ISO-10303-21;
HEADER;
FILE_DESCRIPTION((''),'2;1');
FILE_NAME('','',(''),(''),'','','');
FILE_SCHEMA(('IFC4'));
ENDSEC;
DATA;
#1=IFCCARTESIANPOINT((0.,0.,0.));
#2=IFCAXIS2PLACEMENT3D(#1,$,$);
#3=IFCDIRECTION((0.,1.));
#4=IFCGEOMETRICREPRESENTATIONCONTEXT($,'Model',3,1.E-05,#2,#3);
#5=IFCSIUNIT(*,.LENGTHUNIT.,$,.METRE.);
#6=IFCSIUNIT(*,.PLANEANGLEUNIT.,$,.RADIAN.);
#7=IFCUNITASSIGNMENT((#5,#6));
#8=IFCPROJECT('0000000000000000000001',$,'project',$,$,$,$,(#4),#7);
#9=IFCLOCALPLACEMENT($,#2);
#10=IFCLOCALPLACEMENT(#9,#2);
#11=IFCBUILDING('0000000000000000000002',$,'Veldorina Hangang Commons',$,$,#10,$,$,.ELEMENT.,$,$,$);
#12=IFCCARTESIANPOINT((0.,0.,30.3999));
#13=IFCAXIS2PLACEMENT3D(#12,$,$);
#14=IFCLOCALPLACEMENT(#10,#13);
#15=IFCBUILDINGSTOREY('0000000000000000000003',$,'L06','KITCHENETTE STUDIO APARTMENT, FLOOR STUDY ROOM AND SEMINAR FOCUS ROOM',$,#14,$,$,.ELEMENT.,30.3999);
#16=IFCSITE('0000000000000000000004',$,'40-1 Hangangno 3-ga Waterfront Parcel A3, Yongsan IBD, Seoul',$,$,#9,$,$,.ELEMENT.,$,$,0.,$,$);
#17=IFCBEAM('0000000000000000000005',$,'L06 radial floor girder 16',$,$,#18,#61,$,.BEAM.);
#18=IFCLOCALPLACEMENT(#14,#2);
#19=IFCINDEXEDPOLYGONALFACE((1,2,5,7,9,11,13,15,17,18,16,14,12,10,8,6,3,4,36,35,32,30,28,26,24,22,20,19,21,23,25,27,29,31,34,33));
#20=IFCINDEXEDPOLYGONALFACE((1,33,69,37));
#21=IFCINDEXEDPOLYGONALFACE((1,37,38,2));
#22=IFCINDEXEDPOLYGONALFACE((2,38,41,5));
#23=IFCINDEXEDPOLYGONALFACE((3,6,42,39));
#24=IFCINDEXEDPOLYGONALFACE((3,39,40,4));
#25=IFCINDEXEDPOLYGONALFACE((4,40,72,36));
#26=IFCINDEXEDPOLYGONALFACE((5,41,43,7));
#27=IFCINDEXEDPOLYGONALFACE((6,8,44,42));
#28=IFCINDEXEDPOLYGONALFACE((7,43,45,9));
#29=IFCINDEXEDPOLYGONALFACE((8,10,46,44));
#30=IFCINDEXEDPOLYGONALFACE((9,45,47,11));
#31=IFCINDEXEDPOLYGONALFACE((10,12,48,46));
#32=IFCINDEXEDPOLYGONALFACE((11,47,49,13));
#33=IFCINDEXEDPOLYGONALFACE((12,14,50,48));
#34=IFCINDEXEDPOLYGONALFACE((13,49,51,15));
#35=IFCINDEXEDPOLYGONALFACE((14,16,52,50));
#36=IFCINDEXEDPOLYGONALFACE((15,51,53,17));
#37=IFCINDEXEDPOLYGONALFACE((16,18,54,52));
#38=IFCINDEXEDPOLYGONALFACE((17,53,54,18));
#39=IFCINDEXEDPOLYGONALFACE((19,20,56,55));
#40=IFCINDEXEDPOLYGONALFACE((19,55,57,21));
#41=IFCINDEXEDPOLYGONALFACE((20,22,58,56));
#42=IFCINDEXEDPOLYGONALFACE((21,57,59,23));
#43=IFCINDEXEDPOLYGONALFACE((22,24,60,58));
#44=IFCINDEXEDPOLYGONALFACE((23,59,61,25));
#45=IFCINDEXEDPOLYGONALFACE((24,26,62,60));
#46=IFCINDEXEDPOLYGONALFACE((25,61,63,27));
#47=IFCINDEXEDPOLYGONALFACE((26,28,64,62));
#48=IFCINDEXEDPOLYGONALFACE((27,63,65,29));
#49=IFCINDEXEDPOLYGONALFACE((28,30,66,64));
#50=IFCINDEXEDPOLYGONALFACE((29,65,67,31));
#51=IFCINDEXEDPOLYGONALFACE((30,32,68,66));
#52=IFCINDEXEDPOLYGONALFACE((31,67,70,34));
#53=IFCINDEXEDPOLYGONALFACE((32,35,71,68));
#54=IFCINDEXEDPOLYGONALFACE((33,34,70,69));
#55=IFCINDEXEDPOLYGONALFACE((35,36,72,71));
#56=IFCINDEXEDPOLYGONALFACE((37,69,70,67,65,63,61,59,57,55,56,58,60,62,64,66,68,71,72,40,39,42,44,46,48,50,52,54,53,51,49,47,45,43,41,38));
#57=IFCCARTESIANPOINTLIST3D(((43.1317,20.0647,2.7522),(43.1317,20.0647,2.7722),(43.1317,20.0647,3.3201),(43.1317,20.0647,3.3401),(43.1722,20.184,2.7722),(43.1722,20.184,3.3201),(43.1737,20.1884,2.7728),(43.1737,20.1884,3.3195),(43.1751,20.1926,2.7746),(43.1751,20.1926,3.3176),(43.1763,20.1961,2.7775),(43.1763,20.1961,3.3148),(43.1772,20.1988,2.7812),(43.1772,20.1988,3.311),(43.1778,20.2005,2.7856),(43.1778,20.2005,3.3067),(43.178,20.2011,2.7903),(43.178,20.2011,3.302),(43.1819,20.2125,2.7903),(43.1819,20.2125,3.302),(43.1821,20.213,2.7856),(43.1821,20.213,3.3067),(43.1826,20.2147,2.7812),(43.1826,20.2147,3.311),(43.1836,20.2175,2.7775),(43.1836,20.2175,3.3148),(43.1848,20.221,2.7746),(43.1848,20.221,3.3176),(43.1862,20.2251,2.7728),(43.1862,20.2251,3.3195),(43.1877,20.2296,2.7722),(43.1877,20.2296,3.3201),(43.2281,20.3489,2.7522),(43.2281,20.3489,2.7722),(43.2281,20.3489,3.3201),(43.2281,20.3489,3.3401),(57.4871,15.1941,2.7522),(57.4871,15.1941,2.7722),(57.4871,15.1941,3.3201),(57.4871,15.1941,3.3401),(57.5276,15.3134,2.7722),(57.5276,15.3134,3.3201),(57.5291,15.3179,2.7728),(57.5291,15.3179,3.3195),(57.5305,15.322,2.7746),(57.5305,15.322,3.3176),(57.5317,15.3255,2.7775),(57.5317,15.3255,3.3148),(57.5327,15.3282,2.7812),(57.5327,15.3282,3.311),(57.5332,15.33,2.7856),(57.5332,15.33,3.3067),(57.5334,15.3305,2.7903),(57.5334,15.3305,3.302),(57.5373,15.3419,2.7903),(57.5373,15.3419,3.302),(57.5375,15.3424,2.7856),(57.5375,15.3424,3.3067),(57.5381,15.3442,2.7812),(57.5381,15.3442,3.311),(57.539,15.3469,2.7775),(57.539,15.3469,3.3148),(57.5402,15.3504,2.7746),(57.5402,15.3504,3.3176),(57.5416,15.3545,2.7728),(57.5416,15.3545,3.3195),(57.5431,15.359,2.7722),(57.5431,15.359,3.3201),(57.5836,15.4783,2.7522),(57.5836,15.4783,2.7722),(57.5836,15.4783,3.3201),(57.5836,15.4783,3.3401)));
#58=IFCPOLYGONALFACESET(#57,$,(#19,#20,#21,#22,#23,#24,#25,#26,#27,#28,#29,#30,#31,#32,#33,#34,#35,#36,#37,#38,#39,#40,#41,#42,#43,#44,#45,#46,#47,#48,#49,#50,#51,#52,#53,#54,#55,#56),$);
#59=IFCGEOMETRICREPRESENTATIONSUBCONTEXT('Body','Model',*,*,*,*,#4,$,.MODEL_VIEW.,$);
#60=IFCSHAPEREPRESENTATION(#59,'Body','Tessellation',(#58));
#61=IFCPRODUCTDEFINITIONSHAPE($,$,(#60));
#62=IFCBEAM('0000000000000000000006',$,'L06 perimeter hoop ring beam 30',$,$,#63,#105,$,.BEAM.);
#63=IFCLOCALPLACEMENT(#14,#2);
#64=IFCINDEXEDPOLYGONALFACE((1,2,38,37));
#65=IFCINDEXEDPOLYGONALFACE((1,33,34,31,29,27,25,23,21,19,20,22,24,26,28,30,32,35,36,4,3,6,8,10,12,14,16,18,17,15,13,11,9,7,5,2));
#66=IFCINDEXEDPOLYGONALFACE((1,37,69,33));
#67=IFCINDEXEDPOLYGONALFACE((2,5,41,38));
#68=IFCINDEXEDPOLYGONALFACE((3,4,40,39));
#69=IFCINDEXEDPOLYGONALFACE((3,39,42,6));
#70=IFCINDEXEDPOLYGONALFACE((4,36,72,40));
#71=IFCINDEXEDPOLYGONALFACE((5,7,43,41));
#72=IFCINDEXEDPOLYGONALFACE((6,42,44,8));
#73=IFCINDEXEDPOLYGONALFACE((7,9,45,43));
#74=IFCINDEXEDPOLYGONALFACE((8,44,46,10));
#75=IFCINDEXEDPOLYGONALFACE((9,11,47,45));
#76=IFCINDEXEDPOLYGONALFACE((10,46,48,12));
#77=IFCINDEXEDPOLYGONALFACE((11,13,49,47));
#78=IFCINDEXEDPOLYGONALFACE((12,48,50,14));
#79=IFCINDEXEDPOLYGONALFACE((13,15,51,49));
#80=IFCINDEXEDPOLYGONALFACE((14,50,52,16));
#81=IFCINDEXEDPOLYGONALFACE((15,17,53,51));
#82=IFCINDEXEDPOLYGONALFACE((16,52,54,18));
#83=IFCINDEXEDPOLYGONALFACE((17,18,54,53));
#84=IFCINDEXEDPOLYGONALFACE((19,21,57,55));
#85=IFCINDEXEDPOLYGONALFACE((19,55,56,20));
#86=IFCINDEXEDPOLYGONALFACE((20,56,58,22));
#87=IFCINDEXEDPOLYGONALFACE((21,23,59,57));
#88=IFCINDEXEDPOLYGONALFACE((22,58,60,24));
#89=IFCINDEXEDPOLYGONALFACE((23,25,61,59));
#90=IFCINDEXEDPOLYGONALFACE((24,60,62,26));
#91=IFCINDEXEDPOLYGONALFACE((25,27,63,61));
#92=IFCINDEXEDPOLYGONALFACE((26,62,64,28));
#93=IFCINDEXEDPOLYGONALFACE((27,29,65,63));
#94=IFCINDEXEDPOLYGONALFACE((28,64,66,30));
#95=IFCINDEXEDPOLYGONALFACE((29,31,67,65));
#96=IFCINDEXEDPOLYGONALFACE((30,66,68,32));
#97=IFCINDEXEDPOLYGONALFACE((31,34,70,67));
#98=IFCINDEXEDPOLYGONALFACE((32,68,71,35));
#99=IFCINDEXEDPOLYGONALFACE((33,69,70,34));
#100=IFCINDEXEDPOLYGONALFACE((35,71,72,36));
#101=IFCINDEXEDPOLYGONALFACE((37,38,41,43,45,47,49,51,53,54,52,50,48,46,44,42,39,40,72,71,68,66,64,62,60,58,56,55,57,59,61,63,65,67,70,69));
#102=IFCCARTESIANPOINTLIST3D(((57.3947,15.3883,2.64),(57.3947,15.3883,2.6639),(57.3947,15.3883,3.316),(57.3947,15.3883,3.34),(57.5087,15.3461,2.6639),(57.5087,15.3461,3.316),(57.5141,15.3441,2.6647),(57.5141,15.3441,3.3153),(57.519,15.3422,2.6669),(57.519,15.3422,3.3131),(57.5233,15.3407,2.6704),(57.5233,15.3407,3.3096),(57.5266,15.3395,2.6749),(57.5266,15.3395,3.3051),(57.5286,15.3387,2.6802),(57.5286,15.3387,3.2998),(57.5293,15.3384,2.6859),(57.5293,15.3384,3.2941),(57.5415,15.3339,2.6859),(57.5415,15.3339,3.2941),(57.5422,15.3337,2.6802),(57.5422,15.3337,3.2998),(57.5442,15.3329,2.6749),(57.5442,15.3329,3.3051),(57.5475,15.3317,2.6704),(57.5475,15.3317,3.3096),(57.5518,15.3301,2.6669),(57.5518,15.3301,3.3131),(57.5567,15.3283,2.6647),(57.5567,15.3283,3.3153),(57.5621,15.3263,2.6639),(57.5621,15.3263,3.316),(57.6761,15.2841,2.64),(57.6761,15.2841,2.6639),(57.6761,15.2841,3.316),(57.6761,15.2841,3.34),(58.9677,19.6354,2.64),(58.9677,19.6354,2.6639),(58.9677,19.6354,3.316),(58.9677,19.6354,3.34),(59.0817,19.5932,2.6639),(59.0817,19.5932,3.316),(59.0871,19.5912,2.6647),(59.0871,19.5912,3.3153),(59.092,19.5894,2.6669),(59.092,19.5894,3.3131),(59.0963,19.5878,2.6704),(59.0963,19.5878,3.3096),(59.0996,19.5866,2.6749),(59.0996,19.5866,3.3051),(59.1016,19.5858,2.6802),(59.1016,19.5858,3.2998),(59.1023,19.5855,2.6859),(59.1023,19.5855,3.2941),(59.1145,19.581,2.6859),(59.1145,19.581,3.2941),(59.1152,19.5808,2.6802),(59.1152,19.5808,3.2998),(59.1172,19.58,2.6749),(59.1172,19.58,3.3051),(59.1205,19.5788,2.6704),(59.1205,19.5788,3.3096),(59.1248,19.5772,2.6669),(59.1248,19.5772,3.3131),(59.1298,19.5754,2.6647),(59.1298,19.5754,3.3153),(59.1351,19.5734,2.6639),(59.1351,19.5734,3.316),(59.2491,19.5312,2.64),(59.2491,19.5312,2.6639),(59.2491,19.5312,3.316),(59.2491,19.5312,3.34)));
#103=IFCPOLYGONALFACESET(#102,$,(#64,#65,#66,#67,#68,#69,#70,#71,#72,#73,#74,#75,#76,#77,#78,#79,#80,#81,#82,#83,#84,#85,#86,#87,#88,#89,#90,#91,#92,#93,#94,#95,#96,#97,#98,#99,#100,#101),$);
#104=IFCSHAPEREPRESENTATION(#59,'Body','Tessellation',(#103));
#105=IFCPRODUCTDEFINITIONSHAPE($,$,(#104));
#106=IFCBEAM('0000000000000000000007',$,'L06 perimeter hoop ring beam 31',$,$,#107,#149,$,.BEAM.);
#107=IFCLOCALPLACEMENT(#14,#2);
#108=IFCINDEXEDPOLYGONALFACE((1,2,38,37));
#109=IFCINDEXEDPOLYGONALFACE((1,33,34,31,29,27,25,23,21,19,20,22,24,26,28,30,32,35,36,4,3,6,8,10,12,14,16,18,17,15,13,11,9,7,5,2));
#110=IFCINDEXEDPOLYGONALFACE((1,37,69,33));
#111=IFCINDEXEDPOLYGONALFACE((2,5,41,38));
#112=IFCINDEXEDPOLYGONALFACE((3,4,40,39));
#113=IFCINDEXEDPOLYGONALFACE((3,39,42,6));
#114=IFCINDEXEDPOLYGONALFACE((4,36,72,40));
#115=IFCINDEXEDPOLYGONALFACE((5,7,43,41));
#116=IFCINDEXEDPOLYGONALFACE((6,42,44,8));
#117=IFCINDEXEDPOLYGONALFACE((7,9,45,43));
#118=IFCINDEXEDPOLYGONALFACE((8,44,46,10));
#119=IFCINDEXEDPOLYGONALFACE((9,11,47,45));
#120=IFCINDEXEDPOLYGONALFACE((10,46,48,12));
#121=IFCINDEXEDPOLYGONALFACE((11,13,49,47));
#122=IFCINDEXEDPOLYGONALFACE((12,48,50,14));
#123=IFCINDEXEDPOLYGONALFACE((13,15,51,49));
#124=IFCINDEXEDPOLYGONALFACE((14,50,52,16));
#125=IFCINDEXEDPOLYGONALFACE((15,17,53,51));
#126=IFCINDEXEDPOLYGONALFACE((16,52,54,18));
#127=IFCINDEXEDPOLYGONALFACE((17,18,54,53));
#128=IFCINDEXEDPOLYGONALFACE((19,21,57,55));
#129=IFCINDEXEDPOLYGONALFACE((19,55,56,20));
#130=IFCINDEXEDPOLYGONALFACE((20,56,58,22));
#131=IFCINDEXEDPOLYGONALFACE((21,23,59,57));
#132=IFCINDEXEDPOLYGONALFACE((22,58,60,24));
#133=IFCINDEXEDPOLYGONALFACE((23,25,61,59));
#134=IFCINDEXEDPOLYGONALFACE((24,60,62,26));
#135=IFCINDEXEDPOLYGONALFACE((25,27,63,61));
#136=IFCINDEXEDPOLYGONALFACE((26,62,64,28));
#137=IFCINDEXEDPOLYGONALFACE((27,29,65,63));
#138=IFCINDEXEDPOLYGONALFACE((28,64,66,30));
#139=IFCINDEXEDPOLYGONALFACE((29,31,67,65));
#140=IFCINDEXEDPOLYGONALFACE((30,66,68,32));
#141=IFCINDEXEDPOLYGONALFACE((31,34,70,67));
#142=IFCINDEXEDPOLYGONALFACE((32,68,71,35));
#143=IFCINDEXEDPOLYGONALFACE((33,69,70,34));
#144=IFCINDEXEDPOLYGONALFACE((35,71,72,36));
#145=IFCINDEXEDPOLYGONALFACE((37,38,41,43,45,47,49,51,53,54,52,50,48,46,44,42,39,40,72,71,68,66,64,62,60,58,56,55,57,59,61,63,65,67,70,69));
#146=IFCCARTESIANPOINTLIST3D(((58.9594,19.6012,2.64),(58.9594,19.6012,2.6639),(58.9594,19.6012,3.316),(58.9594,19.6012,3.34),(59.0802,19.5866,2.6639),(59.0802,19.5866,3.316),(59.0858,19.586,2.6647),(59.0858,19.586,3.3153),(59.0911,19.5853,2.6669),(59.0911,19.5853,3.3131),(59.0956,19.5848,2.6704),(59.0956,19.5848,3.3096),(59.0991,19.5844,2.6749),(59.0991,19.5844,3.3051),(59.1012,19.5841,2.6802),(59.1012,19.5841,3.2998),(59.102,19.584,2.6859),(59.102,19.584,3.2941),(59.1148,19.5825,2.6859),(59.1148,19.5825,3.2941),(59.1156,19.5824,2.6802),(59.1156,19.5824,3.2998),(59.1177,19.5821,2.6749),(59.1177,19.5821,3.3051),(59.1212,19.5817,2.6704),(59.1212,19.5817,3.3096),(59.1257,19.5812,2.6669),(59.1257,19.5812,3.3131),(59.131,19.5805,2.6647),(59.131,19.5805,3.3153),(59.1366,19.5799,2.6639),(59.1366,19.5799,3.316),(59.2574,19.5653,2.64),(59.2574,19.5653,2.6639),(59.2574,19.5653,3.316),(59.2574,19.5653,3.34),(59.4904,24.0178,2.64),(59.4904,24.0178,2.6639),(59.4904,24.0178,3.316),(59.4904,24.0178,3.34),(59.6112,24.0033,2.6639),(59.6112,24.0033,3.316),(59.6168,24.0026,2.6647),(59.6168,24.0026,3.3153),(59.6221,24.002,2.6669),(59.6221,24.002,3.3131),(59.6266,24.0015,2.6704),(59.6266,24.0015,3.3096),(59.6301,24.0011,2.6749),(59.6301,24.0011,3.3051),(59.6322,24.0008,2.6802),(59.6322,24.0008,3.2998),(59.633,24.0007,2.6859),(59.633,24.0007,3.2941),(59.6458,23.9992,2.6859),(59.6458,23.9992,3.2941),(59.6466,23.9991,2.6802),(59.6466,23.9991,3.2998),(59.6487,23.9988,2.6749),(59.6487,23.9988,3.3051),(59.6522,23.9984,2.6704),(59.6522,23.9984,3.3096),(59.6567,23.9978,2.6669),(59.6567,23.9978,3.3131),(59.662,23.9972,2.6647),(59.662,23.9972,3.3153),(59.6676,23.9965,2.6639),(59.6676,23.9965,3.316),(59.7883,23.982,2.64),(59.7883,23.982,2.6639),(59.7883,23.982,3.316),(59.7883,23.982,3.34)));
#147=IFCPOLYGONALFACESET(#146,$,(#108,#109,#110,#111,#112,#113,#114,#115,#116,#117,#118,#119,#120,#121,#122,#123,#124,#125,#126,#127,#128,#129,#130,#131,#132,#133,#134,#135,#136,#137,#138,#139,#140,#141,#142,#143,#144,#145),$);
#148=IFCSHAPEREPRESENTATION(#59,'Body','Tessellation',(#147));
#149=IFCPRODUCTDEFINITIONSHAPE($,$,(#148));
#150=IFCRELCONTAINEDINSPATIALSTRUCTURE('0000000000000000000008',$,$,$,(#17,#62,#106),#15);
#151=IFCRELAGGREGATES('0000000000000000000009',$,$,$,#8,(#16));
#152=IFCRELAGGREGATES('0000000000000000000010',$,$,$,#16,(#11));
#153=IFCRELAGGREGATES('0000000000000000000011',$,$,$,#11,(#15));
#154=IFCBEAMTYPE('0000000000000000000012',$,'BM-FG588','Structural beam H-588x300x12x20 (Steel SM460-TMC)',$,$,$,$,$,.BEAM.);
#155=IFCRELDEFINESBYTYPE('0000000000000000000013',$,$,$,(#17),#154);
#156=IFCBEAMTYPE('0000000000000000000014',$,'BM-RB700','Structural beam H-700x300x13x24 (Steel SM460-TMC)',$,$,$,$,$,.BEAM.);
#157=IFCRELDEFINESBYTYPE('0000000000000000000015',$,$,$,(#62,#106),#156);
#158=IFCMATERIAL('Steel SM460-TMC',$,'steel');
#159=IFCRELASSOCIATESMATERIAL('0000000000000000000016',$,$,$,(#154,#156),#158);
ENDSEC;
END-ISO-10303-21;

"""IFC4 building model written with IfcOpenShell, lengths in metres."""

from ifc_helpers import new_model, si_unit, direction, frame, origin, origin_2d, place, context, subcontext, project, spatial, i_section, extrude, material, material_profile, profile_set, type_object, element, save


model = new_model("IFC4")

# Units and contexts
model_context = context("Model", 3, precision=1e-05, world=origin(), true_north=direction((0.0, 1.0)))
body_context = subcontext(model_context, "Body", "Model", "MODEL_VIEW")
ifc_project = project(units=[si_unit("LENGTHUNIT", "METRE"), si_unit("PLANEANGLEUNIT", "RADIAN")], contexts=[model_context])

# Site, building, storey
site_placement = place(None, origin())
site = spatial("IfcSite", under=ifc_project, at=site_placement, Name="40-1 Hangangno 3-ga Waterfront Parcel A3, Yongsan IBD, Seoul", CompositionType="ELEMENT", RefElevation=0.0)
building_placement = place(site_placement, origin())
building = spatial("IfcBuilding", under=site, at=building_placement, Name="Veldorina Hangang Commons", CompositionType="ELEMENT")
storey_placement = place(building_placement, frame((0.0, 0.0, 30.3999)))
storey = spatial("IfcBuildingStorey", under=building, at=storey_placement, Name="L06", Description="KITCHENETTE STUDIO APARTMENT, FLOOR STUDY ROOM AND SEMINAR FOCUS ROOM", CompositionType="ELEMENT", Elevation=30.3999)

# Beams
ifc_material_1 = material(Name="Steel SM460-TMC", Category="steel")
ifc_material_profile_1 = material_profile(ifc_material_1, i_section(OverallWidth=0.3, OverallDepth=0.5879, WebThickness=0.012, FlangeThickness=0.02, FilletRadius=0.0181, at=origin_2d()), Name="H-588x300x12x20")
ifc_profile_set_1 = profile_set([ifc_material_profile_1], Name="Steel SM460-TMC")
beam_type_1 = type_object("IfcBeamType", Name="BM-FG588", Description="Structural beam H-588x300x12x20 (Steel SM460-TMC)", PredefinedType="BEAM", material=ifc_profile_set_1)
beam_1_placement = place(storey_placement, frame((43.1799, 20.2068, 3.0461), z_axis=(0.946979, -0.321296, 0.0), x_axis=(0.321296, 0.946979, 0.0)))
element("IfcBeam", 1, at=beam_1_placement, inside=storey, type_object=beam_type_1, Name="L06 radial floor girder 16", PredefinedType="BEAM", context=body_context, shape_type="SweptSolid", body=[
    extrude(i_section(OverallWidth=0.3, OverallDepth=0.5879, WebThickness=0.012, FlangeThickness=0.02, FilletRadius=0.0181, at=origin_2d()), origin(), (0.0, 0.0, 1.0), 15.1592),
])
ifc_material_profile_2 = material_profile(ifc_material_1, i_section(OverallWidth=0.3, OverallDepth=0.7, WebThickness=0.0129, FlangeThickness=0.0239, FilletRadius=0.022, at=origin_2d()), Name="H-700x300x13x24")
ifc_profile_set_2 = profile_set([ifc_material_profile_2], Name="Steel SM460-TMC")
beam_type_2 = type_object("IfcBeamType", Name="BM-RB700", Description="Structural beam H-700x300x13x24 (Steel SM460-TMC)", PredefinedType="BEAM", material=ifc_profile_set_2)
beam_2_placement = place(storey_placement, frame((57.5354, 15.3362, 2.99), z_axis=(0.347316, 0.937748, 0.0), x_axis=(-0.937748, 0.347316, 0.0)))
element("IfcBeam", 2, at=beam_2_placement, inside=storey, type_object=beam_type_2, Name="L06 perimeter hoop ring beam 30", PredefinedType="BEAM", context=body_context, shape_type="SweptSolid", body=[
    extrude(i_section(OverallWidth=0.3, OverallDepth=0.7, WebThickness=0.0129, FlangeThickness=0.0239, FilletRadius=0.022, at=origin_2d()), origin(), (0.0, 0.0, 1.0), 4.5291),
])
beam_3_placement = place(storey_placement, frame((59.1084, 19.5833, 2.99), z_axis=(0.119366, 0.99285, 0.0), x_axis=(-0.99285, 0.119366, 0.0)))
element("IfcBeam", 3, at=beam_3_placement, inside=storey, type_object=beam_type_2, Name="L06 perimeter hoop ring beam 31", PredefinedType="BEAM", context=body_context, shape_type="SweptSolid", body=[
    extrude(i_section(OverallWidth=0.3, OverallDepth=0.7, WebThickness=0.0129, FlangeThickness=0.0239, FilletRadius=0.022, at=origin_2d()), origin(), (0.0, 0.0, 1.0), 4.4485),
])

save(model, "model.ifc")
